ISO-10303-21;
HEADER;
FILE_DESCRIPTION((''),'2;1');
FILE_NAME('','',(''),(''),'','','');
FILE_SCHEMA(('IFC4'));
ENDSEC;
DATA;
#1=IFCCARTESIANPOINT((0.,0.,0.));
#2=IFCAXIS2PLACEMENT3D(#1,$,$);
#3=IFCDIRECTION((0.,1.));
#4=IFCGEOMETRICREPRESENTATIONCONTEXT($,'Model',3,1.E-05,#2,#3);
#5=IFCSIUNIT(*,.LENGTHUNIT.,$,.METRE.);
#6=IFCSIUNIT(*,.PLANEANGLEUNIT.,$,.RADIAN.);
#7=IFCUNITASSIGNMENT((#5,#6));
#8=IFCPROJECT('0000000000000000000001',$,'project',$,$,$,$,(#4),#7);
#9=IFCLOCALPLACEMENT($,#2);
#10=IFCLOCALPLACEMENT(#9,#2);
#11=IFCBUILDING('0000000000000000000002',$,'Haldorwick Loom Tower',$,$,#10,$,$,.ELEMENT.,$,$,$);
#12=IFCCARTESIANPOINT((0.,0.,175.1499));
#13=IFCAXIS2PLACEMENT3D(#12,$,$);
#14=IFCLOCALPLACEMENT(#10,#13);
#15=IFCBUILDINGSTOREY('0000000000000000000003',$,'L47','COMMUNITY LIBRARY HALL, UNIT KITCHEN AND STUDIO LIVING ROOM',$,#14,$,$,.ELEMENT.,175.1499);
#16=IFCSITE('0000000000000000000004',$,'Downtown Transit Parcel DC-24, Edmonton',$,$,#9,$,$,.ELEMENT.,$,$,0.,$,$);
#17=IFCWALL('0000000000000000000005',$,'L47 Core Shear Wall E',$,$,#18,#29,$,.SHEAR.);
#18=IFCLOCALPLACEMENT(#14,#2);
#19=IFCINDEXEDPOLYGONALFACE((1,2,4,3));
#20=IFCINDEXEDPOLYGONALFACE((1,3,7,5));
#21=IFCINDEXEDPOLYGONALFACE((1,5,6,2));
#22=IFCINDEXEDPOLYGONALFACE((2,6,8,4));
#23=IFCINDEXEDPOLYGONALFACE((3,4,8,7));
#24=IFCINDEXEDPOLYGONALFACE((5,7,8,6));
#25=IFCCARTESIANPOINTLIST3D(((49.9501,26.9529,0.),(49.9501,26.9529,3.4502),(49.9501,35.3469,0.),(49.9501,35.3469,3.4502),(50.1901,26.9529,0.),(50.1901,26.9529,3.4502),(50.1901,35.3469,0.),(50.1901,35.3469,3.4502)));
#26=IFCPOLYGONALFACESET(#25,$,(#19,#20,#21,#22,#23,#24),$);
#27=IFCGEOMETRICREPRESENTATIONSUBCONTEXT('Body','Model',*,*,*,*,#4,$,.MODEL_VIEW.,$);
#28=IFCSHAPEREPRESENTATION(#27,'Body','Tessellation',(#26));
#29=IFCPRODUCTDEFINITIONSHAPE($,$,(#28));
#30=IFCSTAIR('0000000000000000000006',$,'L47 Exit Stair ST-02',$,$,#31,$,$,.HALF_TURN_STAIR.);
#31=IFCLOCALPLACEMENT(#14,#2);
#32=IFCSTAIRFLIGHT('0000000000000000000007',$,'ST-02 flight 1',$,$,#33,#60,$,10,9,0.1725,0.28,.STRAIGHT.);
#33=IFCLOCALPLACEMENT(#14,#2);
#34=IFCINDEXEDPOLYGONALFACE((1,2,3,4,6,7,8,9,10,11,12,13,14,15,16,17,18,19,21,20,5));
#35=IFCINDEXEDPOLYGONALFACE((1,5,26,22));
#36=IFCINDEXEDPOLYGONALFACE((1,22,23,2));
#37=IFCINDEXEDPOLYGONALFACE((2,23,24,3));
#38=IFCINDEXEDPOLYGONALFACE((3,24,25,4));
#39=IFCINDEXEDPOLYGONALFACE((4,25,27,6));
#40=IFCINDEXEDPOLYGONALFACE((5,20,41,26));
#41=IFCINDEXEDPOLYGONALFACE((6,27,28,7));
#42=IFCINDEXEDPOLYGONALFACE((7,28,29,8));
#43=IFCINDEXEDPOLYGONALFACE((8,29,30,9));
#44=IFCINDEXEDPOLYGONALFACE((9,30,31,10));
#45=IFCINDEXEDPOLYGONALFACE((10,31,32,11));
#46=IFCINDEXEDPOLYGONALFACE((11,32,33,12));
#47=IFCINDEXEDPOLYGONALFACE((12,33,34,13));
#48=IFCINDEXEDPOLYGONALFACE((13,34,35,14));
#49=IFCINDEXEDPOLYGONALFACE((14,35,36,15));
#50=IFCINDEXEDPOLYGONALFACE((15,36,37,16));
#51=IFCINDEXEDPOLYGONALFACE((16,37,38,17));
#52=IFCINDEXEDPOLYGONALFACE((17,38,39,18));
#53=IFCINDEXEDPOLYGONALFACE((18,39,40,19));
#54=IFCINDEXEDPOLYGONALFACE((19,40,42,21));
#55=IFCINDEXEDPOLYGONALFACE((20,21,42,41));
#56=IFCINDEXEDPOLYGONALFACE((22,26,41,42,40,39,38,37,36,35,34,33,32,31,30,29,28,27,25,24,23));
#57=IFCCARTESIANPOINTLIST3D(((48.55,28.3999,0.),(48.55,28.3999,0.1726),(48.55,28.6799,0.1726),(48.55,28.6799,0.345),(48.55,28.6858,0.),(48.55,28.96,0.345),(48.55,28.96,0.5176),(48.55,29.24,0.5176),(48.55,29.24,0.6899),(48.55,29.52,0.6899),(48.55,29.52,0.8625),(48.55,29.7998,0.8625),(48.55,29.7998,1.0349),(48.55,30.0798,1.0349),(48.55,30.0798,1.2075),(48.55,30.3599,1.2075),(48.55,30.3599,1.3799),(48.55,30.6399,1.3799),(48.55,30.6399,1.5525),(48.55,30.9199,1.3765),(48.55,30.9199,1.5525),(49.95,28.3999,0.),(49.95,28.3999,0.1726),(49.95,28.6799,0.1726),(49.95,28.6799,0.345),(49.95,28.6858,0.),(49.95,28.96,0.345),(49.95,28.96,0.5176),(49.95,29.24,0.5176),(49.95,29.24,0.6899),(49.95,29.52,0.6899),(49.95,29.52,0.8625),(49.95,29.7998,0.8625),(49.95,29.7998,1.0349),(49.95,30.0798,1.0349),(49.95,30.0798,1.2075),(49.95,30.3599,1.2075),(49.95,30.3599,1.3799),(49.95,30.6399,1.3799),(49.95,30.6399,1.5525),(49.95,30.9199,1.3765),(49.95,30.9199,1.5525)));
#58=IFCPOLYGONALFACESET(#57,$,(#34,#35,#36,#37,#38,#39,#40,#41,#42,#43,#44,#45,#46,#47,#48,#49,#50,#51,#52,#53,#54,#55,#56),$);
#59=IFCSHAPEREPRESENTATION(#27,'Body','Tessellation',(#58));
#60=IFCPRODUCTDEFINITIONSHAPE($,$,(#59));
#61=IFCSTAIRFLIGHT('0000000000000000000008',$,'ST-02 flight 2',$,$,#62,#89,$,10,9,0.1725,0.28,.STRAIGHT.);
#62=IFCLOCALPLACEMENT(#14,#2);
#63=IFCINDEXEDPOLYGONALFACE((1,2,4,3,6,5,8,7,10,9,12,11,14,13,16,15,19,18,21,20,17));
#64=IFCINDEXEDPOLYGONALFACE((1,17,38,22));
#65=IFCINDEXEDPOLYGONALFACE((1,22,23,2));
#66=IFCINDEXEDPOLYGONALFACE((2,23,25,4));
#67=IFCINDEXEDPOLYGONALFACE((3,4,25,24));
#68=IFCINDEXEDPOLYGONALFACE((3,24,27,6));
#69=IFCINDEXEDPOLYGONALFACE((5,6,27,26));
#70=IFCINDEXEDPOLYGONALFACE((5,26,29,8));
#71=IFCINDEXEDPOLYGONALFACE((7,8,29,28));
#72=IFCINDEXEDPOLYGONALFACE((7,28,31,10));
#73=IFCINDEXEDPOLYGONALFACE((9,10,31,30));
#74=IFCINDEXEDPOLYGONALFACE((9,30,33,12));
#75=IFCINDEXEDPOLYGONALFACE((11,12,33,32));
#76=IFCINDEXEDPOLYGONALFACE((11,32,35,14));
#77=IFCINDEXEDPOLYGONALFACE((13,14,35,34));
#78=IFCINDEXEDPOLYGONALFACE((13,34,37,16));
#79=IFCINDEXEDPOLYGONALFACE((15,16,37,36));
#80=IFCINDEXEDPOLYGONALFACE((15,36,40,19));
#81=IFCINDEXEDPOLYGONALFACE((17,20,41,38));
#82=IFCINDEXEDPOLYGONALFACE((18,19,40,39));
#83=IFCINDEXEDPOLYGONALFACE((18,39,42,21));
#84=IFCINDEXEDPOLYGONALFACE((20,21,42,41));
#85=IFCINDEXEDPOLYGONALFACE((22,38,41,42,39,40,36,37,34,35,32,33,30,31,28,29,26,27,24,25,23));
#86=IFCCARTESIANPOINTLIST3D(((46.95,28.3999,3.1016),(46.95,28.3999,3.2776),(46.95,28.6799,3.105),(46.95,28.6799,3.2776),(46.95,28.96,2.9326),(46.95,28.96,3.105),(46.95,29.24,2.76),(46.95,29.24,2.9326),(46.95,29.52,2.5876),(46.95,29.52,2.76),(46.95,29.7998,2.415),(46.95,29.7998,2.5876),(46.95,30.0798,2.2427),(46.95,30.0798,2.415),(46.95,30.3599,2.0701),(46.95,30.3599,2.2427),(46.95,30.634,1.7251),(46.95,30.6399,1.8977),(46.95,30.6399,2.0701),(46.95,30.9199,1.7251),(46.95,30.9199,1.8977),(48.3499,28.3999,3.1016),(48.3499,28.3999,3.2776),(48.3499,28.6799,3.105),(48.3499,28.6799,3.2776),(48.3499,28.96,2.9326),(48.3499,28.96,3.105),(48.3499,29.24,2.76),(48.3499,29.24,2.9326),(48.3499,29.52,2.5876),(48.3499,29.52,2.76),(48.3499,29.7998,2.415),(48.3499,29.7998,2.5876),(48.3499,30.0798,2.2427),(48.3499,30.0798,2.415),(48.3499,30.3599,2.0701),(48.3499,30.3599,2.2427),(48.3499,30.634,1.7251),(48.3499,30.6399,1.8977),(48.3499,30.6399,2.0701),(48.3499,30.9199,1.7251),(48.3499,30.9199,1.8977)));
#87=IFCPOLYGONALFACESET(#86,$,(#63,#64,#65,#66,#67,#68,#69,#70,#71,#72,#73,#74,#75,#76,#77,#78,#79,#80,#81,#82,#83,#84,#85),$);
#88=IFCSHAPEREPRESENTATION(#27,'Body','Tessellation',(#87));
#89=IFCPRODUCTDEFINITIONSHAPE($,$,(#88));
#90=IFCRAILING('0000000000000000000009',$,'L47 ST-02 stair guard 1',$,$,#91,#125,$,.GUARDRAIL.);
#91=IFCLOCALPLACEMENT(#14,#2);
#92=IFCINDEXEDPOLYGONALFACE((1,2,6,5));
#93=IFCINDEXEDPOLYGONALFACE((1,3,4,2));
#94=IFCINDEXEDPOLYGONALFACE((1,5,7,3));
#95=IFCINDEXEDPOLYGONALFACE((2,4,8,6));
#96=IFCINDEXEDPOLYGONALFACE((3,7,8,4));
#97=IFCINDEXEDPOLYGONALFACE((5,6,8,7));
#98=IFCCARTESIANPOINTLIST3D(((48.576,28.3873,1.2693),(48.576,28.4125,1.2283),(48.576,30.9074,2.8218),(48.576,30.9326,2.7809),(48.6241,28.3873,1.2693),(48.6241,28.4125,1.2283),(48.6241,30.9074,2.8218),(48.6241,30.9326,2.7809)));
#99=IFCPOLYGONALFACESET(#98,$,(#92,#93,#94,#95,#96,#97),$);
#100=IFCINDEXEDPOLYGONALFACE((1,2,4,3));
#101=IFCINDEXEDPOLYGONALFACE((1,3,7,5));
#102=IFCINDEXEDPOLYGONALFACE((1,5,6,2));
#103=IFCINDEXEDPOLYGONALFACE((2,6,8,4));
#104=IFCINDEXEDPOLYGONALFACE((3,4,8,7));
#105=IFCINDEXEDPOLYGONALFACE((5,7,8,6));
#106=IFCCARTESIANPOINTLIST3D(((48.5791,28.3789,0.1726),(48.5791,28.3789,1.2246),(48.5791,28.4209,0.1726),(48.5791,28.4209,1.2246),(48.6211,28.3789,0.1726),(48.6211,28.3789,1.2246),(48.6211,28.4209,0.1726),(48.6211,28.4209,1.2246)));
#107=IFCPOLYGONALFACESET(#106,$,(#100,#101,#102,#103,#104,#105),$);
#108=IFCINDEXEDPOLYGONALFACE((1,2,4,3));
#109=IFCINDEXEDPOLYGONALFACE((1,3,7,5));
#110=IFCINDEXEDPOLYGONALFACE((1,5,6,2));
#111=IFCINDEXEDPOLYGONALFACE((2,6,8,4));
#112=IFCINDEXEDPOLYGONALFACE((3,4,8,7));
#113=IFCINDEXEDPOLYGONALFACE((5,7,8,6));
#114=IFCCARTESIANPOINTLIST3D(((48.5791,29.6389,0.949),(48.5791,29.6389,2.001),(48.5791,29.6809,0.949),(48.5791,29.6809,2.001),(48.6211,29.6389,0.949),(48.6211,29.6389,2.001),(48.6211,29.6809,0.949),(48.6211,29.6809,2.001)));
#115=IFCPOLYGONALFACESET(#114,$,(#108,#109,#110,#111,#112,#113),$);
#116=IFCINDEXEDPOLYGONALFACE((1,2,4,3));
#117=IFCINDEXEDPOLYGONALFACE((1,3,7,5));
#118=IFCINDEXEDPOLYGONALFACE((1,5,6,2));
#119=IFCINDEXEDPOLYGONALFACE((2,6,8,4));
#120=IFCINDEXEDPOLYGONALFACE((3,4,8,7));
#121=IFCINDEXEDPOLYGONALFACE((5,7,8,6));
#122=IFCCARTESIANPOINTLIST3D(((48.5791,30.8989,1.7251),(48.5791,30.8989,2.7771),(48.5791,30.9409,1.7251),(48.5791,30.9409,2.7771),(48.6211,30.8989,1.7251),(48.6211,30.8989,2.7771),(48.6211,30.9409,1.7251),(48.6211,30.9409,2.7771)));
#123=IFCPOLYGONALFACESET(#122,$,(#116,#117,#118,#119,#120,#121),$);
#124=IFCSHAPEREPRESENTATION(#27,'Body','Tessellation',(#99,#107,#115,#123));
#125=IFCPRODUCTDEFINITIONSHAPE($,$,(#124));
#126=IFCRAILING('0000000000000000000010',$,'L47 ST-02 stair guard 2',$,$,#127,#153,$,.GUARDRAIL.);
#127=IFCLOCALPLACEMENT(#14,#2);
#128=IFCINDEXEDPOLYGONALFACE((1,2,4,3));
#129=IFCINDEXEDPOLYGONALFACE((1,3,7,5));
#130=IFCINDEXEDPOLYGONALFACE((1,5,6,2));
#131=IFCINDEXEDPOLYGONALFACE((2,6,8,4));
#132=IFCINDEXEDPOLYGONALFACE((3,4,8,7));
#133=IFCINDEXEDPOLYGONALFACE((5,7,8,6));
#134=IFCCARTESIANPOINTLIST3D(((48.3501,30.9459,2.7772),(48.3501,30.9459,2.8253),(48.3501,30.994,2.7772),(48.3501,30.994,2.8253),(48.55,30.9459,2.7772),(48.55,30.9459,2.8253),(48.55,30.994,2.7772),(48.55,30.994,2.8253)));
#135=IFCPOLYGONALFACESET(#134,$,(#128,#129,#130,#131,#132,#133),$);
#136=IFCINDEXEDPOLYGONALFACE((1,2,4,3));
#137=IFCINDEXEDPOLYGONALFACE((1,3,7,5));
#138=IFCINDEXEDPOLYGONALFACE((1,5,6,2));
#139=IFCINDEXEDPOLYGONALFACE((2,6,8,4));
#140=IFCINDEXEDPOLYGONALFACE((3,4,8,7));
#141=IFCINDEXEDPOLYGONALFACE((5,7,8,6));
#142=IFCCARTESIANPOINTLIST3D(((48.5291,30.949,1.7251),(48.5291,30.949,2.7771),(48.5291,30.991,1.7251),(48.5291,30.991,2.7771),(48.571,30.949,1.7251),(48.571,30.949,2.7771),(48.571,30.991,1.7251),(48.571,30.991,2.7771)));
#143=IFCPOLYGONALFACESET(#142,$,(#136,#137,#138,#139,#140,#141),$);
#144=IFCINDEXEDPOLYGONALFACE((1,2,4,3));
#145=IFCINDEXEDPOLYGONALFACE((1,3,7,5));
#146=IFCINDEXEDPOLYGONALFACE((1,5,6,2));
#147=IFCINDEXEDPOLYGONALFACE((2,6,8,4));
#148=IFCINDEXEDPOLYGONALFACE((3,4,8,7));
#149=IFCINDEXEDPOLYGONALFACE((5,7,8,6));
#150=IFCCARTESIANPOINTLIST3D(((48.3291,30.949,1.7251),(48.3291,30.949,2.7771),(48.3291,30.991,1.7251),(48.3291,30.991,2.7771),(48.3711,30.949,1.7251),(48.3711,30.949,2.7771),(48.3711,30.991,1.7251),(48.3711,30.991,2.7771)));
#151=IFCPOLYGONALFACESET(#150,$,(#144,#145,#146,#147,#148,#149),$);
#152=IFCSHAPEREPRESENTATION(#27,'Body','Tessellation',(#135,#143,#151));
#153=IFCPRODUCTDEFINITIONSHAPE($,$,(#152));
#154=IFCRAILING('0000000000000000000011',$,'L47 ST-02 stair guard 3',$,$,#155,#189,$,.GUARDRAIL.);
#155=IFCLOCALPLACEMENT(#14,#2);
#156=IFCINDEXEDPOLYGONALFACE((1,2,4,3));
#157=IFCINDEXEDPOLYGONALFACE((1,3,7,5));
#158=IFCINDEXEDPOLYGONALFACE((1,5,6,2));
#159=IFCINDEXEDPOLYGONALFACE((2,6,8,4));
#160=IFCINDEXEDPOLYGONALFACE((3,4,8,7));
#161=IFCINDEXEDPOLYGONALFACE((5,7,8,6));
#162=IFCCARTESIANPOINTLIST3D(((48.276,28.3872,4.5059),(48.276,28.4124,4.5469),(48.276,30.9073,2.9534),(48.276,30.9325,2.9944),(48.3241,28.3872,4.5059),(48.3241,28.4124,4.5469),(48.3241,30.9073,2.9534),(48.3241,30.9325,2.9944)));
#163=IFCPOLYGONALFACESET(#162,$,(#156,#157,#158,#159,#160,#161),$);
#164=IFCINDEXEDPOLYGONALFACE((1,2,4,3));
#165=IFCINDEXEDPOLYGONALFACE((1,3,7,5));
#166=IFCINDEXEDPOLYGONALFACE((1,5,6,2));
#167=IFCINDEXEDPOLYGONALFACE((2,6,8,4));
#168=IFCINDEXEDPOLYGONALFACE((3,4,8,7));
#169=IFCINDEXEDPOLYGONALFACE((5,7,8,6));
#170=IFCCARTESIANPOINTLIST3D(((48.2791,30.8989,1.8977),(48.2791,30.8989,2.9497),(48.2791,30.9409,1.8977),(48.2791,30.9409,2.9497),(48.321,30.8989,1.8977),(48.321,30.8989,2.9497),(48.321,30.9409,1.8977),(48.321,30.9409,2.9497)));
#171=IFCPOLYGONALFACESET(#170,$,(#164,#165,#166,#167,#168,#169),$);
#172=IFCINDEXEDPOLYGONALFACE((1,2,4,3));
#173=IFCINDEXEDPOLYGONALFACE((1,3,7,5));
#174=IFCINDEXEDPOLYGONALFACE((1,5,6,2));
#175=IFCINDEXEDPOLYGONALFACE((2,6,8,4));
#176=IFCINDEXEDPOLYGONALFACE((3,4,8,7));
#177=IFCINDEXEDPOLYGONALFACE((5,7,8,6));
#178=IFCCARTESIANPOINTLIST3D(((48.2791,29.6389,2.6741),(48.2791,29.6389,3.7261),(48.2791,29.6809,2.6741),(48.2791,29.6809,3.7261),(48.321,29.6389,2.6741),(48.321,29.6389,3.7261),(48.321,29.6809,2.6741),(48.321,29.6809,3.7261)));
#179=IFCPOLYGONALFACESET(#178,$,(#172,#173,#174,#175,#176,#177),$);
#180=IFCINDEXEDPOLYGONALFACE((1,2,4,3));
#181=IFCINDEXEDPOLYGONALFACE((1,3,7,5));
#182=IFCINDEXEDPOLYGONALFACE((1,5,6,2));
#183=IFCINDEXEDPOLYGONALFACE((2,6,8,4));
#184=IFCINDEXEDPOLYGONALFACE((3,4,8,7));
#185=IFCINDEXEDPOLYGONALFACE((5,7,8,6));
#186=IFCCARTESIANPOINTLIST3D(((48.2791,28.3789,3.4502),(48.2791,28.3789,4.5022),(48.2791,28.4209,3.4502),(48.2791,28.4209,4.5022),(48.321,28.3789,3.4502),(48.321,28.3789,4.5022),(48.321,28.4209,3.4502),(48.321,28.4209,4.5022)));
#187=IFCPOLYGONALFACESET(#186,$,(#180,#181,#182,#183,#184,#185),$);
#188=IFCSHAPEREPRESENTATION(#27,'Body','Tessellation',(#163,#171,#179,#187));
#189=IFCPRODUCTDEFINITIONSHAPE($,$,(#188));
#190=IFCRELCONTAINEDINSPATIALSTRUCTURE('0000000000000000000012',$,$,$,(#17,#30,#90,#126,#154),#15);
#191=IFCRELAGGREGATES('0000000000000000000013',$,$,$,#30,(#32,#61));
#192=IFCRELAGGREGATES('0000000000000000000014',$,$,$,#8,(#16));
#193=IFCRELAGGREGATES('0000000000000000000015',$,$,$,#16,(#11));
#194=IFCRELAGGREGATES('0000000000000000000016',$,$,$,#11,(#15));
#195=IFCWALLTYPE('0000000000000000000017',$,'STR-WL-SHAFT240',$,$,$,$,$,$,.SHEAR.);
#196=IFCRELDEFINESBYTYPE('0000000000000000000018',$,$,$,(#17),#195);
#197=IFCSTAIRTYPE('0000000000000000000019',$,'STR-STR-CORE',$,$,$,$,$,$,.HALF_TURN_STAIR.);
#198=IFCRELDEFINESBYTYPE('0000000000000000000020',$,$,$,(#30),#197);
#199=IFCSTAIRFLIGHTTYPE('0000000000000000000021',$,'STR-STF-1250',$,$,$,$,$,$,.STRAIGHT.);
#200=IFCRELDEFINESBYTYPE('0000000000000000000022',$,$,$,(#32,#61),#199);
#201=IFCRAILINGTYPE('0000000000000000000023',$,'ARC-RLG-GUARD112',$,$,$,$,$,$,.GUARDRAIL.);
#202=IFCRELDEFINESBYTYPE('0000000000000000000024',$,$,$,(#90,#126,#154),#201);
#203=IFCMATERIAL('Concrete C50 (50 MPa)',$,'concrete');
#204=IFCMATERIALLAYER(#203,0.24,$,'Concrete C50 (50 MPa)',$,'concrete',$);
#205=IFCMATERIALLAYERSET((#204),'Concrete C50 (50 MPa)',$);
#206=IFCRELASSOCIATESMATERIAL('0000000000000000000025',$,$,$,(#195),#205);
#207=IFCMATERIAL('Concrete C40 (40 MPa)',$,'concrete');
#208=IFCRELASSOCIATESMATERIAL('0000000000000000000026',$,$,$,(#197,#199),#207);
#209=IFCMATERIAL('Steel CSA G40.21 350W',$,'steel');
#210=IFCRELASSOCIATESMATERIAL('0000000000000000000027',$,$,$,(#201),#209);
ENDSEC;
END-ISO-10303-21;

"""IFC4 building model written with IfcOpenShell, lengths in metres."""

from ifc_helpers import new_model, si_unit, direction, frame, frame_2d, origin, origin_2d, place, context, subcontext, project, spatial, polyline, rectangle, outline, extrude, material, layer, layer_set, type_object, element, aggregate, save


model = new_model("IFC4")

# Units and contexts
model_context = context("Model", 3, precision=1e-05, world=origin(), true_north=direction((0.0, 1.0)))
body_context = subcontext(model_context, "Body", "Model", "MODEL_VIEW")
ifc_project = project(units=[si_unit("LENGTHUNIT", "METRE"), si_unit("PLANEANGLEUNIT", "RADIAN")], contexts=[model_context])

# Site, building, storey
site_placement = place(None, origin())
site = spatial("IfcSite", under=ifc_project, at=site_placement, Name="Downtown Transit Parcel DC-24, Edmonton", CompositionType="ELEMENT", RefElevation=0.0)
building_placement = place(site_placement, origin())
building = spatial("IfcBuilding", under=site, at=building_placement, Name="Haldorwick Loom Tower", CompositionType="ELEMENT")
storey_placement = place(building_placement, frame((0.0, 0.0, 175.1499)))
storey = spatial("IfcBuildingStorey", under=building, at=storey_placement, Name="L47", Description="COMMUNITY LIBRARY HALL, UNIT KITCHEN AND STUDIO LIVING ROOM", CompositionType="ELEMENT", Elevation=175.1499)

# Shared definitions
ifc_material_1 = material(Name="Steel CSA G40.21 350W", Category="steel")

# Wall
ifc_material_2 = material(Name="Concrete C50 (50 MPa)", Category="concrete")
ifc_layer_1 = layer(ifc_material_2, 0.24, Name="Concrete C50 (50 MPa)", Category="concrete")
ifc_layer_set_1 = layer_set([ifc_layer_1], Name="Concrete C50 (50 MPa)")
wall_type_1 = type_object("IfcWallType", Name="STR-WL-SHAFT240", PredefinedType="SHEAR", material=ifc_layer_set_1)
wall_1_placement = place(storey_placement, frame((50.0701, 26.9529, 0.0), z_axis=(0.0, 0.0, 1.0), x_axis=(0.0, 1.0, 0.0)))
element("IfcWall", 1, at=wall_1_placement, inside=storey, type_object=wall_type_1, Name="L47 Core Shear Wall E", PredefinedType="SHEAR", context=body_context, shape_type="SweptSolid", body=[
    extrude(rectangle(XDim=8.394, YDim=0.24, at=frame_2d((4.197, 0.0))), origin(), (0.0, 0.0, 1.0), 3.4502),
])

# Stair, stair flights
ifc_material_3 = material(Name="Concrete C40 (40 MPa)", Category="concrete")
stair_type = type_object("IfcStairType", Name="STR-STR-CORE", PredefinedType="HALF_TURN_STAIR", material=ifc_material_3)
stair_placement = place(storey_placement, origin())
stair = element("IfcStair", 2, at=stair_placement, inside=storey, type_object=stair_type, Name="L47 Exit Stair ST-02", PredefinedType="HALF_TURN_STAIR")
stair_flight_type = type_object("IfcStairFlightType", Name="STR-STF-1250", PredefinedType="STRAIGHT", material=ifc_material_3)
stair_flight_1_placement = place(storey_placement, frame((49.25, 28.3999, 0.0), z_axis=(0.0, 0.0, 1.0), x_axis=(0.0, 1.0, 0.0)))
stair_flight_1 = element("IfcStairFlight", 3, at=stair_flight_1_placement, type_object=stair_flight_type, Name="ST-02 flight 1", NumberOfRisers=10, NumberOfTreads=9, PredefinedType="STRAIGHT", RiserHeight=0.1725, TreadLength=0.28, context=body_context, shape_type="SweptSolid", body=[
    extrude(outline(polyline([(0.0, 0.0), (0.0, 0.1726), (0.28, 0.1726), (0.28, 0.345), (0.5601, 0.345), (0.5601, 0.5176), (0.8401, 0.5176), (0.8401, 0.6899), (1.1201, 0.6899), (1.1201, 0.8625), (1.3999, 0.8625), (1.3999, 1.0349), (1.6799, 1.0349), (1.6799, 1.2075), (1.96, 1.2075), (1.96, 1.3799), (2.24, 1.3799), (2.24, 1.5525), (2.52, 1.5525), (2.52, 1.7251), (2.52, 1.3765), (0.2859, 0.0), (0.0, 0.0)])), frame((0.0, 0.7, 0.0), z_axis=(0.0, -1.0, 0.0), x_axis=(1.0, 0.0, 0.0)), (0.0, 0.0, 1.0), 1.3999),
])
stair_flight_2_placement = place(storey_placement, frame((47.6499, 30.9199, 1.7251), z_axis=(0.0, 0.0, 1.0), x_axis=(0.0, -1.0, 0.0)))
stair_flight_2 = element("IfcStairFlight", 4, at=stair_flight_2_placement, type_object=stair_flight_type, Name="ST-02 flight 2", NumberOfRisers=10, NumberOfTreads=9, PredefinedType="STRAIGHT", RiserHeight=0.1725, TreadLength=0.28, context=body_context, shape_type="SweptSolid", body=[
    extrude(outline(polyline([(0.0, 0.0), (0.0, 0.1726), (0.28, 0.1726), (0.28, 0.345), (0.5601, 0.345), (0.5601, 0.5176), (0.8401, 0.5176), (0.8401, 0.6899), (1.1201, 0.6899), (1.1201, 0.8625), (1.3999, 0.8625), (1.3999, 1.0349), (1.6799, 1.0349), (1.6799, 1.2075), (1.96, 1.2075), (1.96, 1.3799), (2.24, 1.3799), (2.24, 1.5525), (2.52, 1.5525), (2.52, 1.7251), (2.52, 1.3765), (0.2859, 0.0), (0.0, 0.0)])), frame((0.0, 0.7, 0.0), z_axis=(0.0, -1.0, 0.0), x_axis=(1.0, 0.0, 0.0)), (0.0, 0.0, 1.0), 1.3999),
])
aggregate(stair, [stair_flight_1, stair_flight_2])

# Railings
railing_type_1 = type_object("IfcRailingType", Name="ARC-RLG-GUARD112", PredefinedType="GUARDRAIL", material=ifc_material_1)
railing_1_placement = place(storey_placement, frame((48.6001, 28.3999, 0.1726)))
element("IfcRailing", 5, at=railing_1_placement, inside=storey, type_object=railing_type_1, Name="L47 ST-02 stair guard 1", PredefinedType="GUARDRAIL", context=body_context, shape_type="SweptSolid", body=[
    extrude(rectangle(XDim=0.0481, YDim=0.0481, at=origin_2d()), frame((0.0, 0.0, 1.0762), z_axis=(0.0, 0.8514, 0.524516), x_axis=(-1.0, 0.0, 0.0)), (0.0, 0.0, 1.0), 2.96),
    extrude(rectangle(XDim=0.042, YDim=0.042, at=origin_2d()), origin(), (0.0, 0.0, 1.0), 1.052),
    extrude(rectangle(XDim=0.042, YDim=0.042, at=origin_2d()), frame((0.0, 1.26, 0.7764)), (0.0, 0.0, 1.0), 1.052),
    extrude(rectangle(XDim=0.042, YDim=0.042, at=origin_2d()), frame((0.0, 2.52, 1.5525)), (0.0, 0.0, 1.0), 1.052),
])
railing_2_placement = place(storey_placement, frame((48.55, 30.97, 1.7251)))
element("IfcRailing", 6, at=railing_2_placement, inside=storey, type_object=railing_type_1, Name="L47 ST-02 stair guard 2", PredefinedType="GUARDRAIL", context=body_context, shape_type="SweptSolid", body=[
    extrude(rectangle(XDim=0.0481, YDim=0.0481, at=origin_2d()), frame((0.0, 0.0, 1.0762), z_axis=(-1.0, 0.0, 0.0), x_axis=(0.0, -1.0, 0.0)), (0.0, 0.0, 1.0), 0.2),
    extrude(rectangle(XDim=0.042, YDim=0.042, at=origin_2d()), origin(), (0.0, 0.0, 1.0), 1.052),
    extrude(rectangle(XDim=0.042, YDim=0.042, at=origin_2d()), frame((-0.2, 0.0, 0.0)), (0.0, 0.0, 1.0), 1.052),
])
railing_3_placement = place(storey_placement, frame((48.3, 30.9199, 1.8977)))
element("IfcRailing", 7, at=railing_3_placement, inside=storey, type_object=railing_type_1, Name="L47 ST-02 stair guard 3", PredefinedType="GUARDRAIL", context=body_context, shape_type="SweptSolid", body=[
    extrude(rectangle(XDim=0.0481, YDim=0.0481, at=origin_2d()), frame((0.0, 0.0, 1.0762), z_axis=(0.0, -0.8514, 0.524516), x_axis=(1.0, 0.0, 0.0)), (0.0, 0.0, 1.0), 2.96),
    extrude(rectangle(XDim=0.042, YDim=0.042, at=origin_2d()), origin(), (0.0, 0.0, 1.0), 1.052),
    extrude(rectangle(XDim=0.042, YDim=0.042, at=origin_2d()), frame((0.0, -1.26, 0.7764)), (0.0, 0.0, 1.0), 1.052),
    extrude(rectangle(XDim=0.042, YDim=0.042, at=origin_2d()), frame((0.0, -2.52, 1.5525)), (0.0, 0.0, 1.0), 1.052),
])

save(model, "model.ifc")
